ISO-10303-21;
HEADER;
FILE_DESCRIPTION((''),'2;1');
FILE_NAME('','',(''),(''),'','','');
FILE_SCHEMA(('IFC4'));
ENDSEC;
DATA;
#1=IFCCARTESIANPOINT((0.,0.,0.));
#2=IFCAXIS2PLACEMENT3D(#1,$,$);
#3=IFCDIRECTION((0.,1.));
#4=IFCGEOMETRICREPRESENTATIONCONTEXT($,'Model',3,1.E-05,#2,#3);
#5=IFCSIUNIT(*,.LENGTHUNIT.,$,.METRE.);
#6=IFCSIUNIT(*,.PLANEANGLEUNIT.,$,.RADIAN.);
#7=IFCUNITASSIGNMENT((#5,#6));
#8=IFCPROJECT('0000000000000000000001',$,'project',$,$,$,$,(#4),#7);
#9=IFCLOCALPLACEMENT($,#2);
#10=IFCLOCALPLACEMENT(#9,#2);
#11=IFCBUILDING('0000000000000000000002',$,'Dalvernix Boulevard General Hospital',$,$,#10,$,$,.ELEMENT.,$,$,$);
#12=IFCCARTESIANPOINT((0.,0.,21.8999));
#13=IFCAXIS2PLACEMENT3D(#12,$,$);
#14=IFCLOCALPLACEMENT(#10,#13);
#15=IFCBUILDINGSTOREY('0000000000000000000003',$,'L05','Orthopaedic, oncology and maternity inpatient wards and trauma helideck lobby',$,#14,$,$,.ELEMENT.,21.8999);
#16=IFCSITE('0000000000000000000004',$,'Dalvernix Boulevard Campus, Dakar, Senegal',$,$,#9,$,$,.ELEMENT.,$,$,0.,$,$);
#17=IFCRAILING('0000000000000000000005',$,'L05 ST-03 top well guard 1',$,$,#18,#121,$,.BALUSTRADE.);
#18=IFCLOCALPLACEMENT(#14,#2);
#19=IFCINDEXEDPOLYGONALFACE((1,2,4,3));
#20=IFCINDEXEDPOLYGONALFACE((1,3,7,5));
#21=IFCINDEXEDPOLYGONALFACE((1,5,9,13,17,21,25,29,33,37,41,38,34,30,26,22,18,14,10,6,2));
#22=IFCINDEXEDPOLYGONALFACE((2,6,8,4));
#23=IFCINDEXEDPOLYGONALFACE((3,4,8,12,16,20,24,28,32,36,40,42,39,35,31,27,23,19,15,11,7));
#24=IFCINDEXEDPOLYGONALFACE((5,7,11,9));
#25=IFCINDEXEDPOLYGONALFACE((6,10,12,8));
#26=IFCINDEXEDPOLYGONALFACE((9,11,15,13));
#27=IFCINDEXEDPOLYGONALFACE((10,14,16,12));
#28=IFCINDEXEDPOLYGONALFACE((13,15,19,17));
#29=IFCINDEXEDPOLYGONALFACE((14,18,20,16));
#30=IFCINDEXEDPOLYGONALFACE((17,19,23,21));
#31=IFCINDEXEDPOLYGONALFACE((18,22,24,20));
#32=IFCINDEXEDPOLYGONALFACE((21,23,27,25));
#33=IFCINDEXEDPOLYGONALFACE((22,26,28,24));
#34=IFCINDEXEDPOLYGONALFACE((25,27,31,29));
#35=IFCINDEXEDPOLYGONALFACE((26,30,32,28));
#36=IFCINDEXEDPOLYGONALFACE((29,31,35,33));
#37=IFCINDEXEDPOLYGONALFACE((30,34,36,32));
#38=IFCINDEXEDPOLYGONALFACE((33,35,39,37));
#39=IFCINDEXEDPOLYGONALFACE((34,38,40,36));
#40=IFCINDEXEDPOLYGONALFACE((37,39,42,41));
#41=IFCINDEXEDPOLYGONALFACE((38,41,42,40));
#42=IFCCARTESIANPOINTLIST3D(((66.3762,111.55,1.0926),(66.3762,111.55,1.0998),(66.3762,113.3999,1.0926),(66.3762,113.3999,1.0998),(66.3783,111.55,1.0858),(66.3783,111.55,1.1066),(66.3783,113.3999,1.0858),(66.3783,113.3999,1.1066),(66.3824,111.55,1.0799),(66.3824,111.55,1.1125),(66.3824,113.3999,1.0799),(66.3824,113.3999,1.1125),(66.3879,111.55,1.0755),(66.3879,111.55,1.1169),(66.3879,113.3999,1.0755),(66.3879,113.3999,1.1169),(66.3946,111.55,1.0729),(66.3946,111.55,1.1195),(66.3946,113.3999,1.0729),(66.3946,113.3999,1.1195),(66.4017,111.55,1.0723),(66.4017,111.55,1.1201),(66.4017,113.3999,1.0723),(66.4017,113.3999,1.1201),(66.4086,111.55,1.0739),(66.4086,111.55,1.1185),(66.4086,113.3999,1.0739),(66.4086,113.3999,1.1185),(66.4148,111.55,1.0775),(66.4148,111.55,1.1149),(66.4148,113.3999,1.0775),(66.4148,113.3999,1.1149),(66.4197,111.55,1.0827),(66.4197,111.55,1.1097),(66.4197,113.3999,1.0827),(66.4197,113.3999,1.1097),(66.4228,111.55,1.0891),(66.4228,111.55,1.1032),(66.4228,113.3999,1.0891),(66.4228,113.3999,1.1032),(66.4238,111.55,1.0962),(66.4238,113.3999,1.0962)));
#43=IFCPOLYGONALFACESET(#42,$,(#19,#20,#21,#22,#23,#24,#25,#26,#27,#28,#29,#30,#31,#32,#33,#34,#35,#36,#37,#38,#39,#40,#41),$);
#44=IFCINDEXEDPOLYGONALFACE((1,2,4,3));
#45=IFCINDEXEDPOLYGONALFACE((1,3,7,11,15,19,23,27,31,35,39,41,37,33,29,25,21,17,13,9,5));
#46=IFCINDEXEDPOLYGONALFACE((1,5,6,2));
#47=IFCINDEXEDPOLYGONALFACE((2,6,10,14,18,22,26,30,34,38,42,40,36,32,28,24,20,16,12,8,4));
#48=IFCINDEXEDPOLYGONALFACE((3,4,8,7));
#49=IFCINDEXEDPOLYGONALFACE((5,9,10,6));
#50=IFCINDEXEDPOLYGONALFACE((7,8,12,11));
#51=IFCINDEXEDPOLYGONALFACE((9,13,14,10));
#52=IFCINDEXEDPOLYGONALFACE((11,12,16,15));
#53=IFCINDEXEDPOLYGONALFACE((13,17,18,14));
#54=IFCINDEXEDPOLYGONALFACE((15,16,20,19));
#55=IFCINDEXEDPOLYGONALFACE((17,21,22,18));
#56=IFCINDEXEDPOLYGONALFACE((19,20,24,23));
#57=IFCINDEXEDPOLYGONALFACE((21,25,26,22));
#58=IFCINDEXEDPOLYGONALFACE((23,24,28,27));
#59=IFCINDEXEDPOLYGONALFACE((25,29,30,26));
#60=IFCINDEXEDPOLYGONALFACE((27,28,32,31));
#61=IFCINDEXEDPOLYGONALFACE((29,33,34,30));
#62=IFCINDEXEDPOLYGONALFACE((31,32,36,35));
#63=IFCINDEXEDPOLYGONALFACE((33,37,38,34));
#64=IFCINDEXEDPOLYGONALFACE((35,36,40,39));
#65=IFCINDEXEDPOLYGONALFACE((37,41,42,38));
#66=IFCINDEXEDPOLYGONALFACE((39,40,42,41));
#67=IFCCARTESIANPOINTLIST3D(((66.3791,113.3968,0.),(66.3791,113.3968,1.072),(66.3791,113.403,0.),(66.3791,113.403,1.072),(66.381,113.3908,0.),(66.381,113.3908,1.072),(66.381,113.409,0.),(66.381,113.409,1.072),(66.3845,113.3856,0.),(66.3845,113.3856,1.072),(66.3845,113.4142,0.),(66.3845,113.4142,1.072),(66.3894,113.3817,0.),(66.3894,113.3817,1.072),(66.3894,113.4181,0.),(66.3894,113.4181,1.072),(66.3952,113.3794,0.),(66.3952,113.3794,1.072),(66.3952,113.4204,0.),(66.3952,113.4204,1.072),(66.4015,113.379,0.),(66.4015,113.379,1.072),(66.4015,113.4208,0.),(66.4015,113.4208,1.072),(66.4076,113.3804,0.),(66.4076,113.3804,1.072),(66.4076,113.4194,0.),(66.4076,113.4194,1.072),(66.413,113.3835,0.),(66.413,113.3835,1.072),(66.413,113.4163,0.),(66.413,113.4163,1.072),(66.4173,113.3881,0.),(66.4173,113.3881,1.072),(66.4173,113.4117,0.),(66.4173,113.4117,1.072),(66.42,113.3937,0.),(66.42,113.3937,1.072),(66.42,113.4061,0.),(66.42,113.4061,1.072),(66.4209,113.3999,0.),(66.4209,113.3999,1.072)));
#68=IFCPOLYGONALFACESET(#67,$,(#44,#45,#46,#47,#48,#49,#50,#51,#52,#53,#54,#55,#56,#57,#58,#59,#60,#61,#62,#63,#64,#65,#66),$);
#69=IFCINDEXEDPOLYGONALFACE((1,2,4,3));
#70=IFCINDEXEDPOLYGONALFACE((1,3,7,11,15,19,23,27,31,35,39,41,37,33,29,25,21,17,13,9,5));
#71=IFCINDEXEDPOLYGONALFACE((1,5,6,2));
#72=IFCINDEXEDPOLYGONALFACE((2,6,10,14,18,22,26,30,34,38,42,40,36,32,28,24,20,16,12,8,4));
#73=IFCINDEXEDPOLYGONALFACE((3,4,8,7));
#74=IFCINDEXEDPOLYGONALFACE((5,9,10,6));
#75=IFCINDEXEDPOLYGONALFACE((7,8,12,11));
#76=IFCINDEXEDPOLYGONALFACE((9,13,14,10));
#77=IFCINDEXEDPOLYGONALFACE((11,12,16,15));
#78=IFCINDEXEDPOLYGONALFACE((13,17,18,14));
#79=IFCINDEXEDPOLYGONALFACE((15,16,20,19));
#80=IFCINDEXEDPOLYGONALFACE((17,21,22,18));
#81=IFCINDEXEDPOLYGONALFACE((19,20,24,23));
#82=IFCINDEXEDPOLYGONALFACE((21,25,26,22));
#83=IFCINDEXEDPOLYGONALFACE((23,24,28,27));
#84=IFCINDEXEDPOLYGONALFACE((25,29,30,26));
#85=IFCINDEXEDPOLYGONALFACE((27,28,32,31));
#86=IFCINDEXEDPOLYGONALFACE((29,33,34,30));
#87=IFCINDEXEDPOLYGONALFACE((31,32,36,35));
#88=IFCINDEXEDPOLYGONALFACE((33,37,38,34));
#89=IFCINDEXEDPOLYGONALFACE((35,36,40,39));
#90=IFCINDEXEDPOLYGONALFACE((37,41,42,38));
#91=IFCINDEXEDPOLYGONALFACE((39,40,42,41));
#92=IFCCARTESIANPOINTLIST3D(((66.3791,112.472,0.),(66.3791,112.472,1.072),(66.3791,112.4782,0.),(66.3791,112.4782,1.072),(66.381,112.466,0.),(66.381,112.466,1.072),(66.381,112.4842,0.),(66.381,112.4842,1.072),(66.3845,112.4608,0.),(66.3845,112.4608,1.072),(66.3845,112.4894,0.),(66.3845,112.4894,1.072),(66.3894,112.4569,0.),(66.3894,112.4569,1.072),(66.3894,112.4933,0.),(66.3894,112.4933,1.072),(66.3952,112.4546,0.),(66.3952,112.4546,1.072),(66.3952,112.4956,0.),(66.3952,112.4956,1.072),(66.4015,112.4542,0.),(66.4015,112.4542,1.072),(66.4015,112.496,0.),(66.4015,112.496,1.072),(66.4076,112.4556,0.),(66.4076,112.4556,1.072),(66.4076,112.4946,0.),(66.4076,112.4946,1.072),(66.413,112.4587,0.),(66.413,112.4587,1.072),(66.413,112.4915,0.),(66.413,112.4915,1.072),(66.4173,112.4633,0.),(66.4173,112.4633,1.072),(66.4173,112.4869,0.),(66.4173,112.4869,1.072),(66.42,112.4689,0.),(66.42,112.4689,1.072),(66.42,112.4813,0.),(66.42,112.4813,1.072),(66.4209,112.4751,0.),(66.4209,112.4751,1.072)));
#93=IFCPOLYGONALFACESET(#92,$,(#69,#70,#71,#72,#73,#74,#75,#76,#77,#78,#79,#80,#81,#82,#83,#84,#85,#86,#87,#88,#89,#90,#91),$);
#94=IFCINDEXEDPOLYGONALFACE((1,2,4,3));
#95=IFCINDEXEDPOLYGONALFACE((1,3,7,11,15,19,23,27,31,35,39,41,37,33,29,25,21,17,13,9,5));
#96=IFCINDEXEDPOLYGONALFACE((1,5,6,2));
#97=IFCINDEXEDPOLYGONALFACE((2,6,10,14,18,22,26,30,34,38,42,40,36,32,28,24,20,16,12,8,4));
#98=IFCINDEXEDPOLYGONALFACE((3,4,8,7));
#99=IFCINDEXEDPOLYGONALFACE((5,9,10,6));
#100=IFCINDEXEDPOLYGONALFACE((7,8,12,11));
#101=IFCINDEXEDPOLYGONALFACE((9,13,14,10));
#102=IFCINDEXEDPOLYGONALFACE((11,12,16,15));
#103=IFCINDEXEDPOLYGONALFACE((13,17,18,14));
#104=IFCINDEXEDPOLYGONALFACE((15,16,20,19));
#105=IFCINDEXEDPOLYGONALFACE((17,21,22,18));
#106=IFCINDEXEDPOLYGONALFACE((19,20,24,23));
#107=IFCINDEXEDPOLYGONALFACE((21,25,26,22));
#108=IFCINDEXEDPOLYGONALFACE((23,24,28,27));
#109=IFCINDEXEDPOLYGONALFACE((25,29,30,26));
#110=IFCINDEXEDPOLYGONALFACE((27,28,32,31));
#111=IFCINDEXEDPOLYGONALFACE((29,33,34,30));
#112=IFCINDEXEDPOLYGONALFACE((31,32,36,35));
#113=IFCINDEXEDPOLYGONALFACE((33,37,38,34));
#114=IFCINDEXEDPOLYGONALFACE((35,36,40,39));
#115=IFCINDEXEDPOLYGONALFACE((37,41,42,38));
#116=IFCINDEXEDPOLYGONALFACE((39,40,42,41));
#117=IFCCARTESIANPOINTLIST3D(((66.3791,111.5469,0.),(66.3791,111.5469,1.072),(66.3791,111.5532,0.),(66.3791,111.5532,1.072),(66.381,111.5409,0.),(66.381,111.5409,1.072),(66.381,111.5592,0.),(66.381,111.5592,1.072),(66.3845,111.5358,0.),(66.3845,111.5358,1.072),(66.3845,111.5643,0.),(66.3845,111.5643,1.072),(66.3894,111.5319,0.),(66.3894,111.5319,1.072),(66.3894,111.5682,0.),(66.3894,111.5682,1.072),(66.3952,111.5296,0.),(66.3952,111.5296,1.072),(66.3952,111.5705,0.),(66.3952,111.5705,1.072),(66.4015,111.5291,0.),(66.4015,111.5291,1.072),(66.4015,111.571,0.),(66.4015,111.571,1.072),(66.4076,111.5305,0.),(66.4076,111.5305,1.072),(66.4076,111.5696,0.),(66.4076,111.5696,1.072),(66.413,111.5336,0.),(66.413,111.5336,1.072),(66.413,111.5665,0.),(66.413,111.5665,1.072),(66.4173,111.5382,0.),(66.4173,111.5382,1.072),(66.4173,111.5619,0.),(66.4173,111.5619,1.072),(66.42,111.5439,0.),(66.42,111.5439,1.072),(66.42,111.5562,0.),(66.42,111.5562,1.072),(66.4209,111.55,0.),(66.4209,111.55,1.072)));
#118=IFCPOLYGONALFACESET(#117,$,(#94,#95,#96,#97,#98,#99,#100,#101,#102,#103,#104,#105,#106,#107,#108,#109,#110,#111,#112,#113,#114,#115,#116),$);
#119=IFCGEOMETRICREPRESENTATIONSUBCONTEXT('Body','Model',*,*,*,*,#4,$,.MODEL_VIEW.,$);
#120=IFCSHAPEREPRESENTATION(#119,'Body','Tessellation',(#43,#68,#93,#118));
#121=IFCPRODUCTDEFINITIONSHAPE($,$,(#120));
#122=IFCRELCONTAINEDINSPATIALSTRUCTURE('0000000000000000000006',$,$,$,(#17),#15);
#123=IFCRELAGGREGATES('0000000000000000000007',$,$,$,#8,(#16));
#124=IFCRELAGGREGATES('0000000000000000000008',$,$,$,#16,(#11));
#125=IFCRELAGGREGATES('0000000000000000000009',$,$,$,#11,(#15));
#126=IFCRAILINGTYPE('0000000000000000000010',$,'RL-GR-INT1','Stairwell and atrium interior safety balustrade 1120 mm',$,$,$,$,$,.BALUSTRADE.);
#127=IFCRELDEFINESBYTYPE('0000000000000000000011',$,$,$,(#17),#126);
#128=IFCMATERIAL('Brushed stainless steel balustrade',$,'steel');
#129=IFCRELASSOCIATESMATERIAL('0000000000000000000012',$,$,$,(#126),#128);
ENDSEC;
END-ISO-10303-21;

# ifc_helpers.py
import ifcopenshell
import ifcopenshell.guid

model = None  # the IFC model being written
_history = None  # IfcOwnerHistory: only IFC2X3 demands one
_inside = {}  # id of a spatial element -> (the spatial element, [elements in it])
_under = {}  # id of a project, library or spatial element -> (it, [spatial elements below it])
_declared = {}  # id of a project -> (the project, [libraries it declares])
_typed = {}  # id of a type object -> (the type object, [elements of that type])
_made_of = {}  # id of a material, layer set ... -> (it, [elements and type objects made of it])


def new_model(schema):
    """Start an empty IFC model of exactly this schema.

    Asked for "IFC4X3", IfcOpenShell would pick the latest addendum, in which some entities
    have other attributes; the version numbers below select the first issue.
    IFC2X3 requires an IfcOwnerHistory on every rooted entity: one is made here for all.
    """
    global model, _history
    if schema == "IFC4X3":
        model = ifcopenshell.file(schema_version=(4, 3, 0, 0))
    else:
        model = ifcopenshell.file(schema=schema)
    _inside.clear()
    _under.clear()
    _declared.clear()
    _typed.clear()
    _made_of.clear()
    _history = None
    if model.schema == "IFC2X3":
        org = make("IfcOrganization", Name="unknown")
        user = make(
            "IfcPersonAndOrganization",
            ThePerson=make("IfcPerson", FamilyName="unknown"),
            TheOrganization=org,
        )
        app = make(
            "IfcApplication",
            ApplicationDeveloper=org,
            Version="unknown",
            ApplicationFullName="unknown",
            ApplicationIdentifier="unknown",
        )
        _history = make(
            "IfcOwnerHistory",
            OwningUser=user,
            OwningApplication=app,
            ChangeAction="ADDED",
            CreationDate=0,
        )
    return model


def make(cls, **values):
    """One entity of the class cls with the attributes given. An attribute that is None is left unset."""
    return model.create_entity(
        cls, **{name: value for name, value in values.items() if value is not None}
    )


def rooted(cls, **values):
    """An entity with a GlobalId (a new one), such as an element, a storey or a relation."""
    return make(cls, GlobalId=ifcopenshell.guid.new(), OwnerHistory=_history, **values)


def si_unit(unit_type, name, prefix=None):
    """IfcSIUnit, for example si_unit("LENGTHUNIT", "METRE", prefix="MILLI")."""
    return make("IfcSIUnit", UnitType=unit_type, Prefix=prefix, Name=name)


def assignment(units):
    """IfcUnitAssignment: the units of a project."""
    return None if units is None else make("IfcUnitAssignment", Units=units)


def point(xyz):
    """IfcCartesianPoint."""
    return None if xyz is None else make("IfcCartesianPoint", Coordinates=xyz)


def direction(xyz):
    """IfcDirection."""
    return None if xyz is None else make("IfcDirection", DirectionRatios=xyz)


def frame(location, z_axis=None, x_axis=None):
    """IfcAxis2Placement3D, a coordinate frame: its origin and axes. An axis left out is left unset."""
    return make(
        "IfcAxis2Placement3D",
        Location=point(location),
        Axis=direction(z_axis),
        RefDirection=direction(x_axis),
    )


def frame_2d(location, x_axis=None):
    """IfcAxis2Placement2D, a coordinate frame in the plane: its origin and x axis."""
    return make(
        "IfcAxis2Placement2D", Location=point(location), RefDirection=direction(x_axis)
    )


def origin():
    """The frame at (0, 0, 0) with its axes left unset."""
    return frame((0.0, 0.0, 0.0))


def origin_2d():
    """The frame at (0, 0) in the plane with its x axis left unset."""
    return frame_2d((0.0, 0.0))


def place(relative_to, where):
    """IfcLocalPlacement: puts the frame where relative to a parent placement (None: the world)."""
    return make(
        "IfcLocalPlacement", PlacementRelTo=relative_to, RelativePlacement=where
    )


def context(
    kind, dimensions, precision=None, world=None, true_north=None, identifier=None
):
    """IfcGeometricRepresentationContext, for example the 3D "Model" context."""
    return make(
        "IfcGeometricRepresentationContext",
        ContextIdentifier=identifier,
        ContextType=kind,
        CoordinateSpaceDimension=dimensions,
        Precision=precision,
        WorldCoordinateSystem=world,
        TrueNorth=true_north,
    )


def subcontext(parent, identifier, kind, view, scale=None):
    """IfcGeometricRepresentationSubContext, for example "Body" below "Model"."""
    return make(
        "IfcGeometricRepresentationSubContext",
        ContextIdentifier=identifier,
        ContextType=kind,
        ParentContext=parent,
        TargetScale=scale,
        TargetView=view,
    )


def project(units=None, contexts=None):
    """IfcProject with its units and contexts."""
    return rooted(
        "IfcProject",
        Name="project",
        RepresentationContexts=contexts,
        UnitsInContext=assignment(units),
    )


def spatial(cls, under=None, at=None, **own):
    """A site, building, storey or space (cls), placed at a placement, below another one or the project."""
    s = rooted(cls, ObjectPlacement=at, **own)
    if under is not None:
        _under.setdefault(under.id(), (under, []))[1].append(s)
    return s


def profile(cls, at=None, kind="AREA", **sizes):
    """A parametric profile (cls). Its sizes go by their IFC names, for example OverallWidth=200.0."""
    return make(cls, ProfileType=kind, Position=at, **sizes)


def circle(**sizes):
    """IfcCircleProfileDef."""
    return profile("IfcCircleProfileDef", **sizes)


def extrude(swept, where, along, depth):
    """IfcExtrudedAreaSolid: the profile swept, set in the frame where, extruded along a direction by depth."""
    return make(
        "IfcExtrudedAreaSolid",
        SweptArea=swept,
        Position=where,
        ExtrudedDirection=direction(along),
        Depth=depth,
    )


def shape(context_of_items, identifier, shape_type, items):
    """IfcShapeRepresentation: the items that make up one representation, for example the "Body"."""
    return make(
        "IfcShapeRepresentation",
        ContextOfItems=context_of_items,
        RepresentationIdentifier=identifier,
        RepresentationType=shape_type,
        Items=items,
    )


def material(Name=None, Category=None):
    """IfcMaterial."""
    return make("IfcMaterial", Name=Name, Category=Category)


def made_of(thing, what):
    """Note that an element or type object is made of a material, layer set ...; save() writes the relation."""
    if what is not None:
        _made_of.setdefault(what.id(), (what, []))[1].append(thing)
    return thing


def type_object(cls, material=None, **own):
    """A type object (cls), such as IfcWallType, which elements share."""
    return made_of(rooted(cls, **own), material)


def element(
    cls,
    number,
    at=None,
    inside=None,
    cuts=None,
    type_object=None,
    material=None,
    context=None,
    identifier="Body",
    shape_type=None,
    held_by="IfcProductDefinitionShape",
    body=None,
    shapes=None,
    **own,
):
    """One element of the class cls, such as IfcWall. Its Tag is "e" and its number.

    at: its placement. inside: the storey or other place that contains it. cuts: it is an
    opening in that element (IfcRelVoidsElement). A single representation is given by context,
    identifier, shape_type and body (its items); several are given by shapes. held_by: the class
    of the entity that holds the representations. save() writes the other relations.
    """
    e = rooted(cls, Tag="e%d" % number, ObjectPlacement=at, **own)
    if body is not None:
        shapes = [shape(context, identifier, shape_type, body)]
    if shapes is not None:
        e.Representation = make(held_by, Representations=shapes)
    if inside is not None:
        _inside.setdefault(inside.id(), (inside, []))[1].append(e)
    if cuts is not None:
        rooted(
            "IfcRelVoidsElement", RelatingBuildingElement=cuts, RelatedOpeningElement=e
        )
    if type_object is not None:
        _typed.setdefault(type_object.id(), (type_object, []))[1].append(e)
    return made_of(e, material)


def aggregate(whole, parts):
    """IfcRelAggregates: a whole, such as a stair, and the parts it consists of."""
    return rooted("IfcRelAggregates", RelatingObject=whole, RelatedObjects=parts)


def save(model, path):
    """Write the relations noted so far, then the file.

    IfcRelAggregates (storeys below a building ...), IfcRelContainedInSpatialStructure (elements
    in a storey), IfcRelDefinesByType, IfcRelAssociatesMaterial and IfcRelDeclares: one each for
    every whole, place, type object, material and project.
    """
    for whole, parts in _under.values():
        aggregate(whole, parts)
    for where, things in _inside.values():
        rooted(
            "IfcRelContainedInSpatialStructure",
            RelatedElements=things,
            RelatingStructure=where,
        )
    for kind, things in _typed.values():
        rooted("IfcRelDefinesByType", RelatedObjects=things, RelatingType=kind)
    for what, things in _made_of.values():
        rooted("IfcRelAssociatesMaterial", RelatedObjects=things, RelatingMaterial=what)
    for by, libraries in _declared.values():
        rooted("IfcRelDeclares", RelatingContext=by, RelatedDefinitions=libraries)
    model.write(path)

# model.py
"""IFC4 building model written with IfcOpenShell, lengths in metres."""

from ifc_helpers import new_model, si_unit, direction, frame, origin, origin_2d, place, context, subcontext, project, spatial, circle, extrude, material, type_object, element, save


model = new_model("IFC4")

# Units and contexts
model_context = context("Model", 3, precision=1e-05, world=origin(), true_north=direction((0.0, 1.0)))
body_context = subcontext(model_context, "Body", "Model", "MODEL_VIEW")
ifc_project = project(units=[si_unit("LENGTHUNIT", "METRE"), si_unit("PLANEANGLEUNIT", "RADIAN")], contexts=[model_context])

# Site, building, storey
site_placement = place(None, origin())
site = spatial("IfcSite", under=ifc_project, at=site_placement, Name="Dalvernix Boulevard Campus, Dakar, Senegal", CompositionType="ELEMENT", RefElevation=0.0)
building_placement = place(site_placement, origin())
building = spatial("IfcBuilding", under=site, at=building_placement, Name="Dalvernix Boulevard General Hospital", CompositionType="ELEMENT")
storey_placement = place(building_placement, frame((0.0, 0.0, 21.8999)))
storey = spatial("IfcBuildingStorey", under=building, at=storey_placement, Name="L05", Description="Orthopaedic, oncology and maternity inpatient wards and trauma helideck lobby", CompositionType="ELEMENT", Elevation=21.8999)

# Railing
ifc_material_1 = material(Name="Brushed stainless steel balustrade", Category="steel")
railing_type = type_object("IfcRailingType", Name="RL-GR-INT1", Description="Stairwell and atrium interior safety balustrade 1120 mm", PredefinedType="BALUSTRADE", material=ifc_material_1)
railing_placement = place(storey_placement, frame((66.3999, 113.3999, 0.0)))
element("IfcRailing", 1, at=railing_placement, inside=storey, type_object=railing_type, Name="L05 ST-03 top well guard 1", PredefinedType="BALUSTRADE", context=body_context, shape_type="SweptSolid", body=[
    extrude(circle(Radius=0.0239, at=origin_2d()), frame((0.0, 0.0, 1.0962), z_axis=(0.0, -1.0, 0.0), x_axis=(1.0, 0.0, 0.0)), (0.0, 0.0, 1.0), 1.8499),
    extrude(circle(Radius=0.021, at=origin_2d()), origin(), (0.0, 0.0, 1.0), 1.072),
    extrude(circle(Radius=0.021, at=origin_2d()), frame((0.0, -0.9248, 0.0)), (0.0, 0.0, 1.0), 1.072),
    extrude(circle(Radius=0.021, at=origin_2d()), frame((0.0, -1.8499, 0.0)), (0.0, 0.0, 1.0), 1.072),
])

save(model, "model.ifc")
